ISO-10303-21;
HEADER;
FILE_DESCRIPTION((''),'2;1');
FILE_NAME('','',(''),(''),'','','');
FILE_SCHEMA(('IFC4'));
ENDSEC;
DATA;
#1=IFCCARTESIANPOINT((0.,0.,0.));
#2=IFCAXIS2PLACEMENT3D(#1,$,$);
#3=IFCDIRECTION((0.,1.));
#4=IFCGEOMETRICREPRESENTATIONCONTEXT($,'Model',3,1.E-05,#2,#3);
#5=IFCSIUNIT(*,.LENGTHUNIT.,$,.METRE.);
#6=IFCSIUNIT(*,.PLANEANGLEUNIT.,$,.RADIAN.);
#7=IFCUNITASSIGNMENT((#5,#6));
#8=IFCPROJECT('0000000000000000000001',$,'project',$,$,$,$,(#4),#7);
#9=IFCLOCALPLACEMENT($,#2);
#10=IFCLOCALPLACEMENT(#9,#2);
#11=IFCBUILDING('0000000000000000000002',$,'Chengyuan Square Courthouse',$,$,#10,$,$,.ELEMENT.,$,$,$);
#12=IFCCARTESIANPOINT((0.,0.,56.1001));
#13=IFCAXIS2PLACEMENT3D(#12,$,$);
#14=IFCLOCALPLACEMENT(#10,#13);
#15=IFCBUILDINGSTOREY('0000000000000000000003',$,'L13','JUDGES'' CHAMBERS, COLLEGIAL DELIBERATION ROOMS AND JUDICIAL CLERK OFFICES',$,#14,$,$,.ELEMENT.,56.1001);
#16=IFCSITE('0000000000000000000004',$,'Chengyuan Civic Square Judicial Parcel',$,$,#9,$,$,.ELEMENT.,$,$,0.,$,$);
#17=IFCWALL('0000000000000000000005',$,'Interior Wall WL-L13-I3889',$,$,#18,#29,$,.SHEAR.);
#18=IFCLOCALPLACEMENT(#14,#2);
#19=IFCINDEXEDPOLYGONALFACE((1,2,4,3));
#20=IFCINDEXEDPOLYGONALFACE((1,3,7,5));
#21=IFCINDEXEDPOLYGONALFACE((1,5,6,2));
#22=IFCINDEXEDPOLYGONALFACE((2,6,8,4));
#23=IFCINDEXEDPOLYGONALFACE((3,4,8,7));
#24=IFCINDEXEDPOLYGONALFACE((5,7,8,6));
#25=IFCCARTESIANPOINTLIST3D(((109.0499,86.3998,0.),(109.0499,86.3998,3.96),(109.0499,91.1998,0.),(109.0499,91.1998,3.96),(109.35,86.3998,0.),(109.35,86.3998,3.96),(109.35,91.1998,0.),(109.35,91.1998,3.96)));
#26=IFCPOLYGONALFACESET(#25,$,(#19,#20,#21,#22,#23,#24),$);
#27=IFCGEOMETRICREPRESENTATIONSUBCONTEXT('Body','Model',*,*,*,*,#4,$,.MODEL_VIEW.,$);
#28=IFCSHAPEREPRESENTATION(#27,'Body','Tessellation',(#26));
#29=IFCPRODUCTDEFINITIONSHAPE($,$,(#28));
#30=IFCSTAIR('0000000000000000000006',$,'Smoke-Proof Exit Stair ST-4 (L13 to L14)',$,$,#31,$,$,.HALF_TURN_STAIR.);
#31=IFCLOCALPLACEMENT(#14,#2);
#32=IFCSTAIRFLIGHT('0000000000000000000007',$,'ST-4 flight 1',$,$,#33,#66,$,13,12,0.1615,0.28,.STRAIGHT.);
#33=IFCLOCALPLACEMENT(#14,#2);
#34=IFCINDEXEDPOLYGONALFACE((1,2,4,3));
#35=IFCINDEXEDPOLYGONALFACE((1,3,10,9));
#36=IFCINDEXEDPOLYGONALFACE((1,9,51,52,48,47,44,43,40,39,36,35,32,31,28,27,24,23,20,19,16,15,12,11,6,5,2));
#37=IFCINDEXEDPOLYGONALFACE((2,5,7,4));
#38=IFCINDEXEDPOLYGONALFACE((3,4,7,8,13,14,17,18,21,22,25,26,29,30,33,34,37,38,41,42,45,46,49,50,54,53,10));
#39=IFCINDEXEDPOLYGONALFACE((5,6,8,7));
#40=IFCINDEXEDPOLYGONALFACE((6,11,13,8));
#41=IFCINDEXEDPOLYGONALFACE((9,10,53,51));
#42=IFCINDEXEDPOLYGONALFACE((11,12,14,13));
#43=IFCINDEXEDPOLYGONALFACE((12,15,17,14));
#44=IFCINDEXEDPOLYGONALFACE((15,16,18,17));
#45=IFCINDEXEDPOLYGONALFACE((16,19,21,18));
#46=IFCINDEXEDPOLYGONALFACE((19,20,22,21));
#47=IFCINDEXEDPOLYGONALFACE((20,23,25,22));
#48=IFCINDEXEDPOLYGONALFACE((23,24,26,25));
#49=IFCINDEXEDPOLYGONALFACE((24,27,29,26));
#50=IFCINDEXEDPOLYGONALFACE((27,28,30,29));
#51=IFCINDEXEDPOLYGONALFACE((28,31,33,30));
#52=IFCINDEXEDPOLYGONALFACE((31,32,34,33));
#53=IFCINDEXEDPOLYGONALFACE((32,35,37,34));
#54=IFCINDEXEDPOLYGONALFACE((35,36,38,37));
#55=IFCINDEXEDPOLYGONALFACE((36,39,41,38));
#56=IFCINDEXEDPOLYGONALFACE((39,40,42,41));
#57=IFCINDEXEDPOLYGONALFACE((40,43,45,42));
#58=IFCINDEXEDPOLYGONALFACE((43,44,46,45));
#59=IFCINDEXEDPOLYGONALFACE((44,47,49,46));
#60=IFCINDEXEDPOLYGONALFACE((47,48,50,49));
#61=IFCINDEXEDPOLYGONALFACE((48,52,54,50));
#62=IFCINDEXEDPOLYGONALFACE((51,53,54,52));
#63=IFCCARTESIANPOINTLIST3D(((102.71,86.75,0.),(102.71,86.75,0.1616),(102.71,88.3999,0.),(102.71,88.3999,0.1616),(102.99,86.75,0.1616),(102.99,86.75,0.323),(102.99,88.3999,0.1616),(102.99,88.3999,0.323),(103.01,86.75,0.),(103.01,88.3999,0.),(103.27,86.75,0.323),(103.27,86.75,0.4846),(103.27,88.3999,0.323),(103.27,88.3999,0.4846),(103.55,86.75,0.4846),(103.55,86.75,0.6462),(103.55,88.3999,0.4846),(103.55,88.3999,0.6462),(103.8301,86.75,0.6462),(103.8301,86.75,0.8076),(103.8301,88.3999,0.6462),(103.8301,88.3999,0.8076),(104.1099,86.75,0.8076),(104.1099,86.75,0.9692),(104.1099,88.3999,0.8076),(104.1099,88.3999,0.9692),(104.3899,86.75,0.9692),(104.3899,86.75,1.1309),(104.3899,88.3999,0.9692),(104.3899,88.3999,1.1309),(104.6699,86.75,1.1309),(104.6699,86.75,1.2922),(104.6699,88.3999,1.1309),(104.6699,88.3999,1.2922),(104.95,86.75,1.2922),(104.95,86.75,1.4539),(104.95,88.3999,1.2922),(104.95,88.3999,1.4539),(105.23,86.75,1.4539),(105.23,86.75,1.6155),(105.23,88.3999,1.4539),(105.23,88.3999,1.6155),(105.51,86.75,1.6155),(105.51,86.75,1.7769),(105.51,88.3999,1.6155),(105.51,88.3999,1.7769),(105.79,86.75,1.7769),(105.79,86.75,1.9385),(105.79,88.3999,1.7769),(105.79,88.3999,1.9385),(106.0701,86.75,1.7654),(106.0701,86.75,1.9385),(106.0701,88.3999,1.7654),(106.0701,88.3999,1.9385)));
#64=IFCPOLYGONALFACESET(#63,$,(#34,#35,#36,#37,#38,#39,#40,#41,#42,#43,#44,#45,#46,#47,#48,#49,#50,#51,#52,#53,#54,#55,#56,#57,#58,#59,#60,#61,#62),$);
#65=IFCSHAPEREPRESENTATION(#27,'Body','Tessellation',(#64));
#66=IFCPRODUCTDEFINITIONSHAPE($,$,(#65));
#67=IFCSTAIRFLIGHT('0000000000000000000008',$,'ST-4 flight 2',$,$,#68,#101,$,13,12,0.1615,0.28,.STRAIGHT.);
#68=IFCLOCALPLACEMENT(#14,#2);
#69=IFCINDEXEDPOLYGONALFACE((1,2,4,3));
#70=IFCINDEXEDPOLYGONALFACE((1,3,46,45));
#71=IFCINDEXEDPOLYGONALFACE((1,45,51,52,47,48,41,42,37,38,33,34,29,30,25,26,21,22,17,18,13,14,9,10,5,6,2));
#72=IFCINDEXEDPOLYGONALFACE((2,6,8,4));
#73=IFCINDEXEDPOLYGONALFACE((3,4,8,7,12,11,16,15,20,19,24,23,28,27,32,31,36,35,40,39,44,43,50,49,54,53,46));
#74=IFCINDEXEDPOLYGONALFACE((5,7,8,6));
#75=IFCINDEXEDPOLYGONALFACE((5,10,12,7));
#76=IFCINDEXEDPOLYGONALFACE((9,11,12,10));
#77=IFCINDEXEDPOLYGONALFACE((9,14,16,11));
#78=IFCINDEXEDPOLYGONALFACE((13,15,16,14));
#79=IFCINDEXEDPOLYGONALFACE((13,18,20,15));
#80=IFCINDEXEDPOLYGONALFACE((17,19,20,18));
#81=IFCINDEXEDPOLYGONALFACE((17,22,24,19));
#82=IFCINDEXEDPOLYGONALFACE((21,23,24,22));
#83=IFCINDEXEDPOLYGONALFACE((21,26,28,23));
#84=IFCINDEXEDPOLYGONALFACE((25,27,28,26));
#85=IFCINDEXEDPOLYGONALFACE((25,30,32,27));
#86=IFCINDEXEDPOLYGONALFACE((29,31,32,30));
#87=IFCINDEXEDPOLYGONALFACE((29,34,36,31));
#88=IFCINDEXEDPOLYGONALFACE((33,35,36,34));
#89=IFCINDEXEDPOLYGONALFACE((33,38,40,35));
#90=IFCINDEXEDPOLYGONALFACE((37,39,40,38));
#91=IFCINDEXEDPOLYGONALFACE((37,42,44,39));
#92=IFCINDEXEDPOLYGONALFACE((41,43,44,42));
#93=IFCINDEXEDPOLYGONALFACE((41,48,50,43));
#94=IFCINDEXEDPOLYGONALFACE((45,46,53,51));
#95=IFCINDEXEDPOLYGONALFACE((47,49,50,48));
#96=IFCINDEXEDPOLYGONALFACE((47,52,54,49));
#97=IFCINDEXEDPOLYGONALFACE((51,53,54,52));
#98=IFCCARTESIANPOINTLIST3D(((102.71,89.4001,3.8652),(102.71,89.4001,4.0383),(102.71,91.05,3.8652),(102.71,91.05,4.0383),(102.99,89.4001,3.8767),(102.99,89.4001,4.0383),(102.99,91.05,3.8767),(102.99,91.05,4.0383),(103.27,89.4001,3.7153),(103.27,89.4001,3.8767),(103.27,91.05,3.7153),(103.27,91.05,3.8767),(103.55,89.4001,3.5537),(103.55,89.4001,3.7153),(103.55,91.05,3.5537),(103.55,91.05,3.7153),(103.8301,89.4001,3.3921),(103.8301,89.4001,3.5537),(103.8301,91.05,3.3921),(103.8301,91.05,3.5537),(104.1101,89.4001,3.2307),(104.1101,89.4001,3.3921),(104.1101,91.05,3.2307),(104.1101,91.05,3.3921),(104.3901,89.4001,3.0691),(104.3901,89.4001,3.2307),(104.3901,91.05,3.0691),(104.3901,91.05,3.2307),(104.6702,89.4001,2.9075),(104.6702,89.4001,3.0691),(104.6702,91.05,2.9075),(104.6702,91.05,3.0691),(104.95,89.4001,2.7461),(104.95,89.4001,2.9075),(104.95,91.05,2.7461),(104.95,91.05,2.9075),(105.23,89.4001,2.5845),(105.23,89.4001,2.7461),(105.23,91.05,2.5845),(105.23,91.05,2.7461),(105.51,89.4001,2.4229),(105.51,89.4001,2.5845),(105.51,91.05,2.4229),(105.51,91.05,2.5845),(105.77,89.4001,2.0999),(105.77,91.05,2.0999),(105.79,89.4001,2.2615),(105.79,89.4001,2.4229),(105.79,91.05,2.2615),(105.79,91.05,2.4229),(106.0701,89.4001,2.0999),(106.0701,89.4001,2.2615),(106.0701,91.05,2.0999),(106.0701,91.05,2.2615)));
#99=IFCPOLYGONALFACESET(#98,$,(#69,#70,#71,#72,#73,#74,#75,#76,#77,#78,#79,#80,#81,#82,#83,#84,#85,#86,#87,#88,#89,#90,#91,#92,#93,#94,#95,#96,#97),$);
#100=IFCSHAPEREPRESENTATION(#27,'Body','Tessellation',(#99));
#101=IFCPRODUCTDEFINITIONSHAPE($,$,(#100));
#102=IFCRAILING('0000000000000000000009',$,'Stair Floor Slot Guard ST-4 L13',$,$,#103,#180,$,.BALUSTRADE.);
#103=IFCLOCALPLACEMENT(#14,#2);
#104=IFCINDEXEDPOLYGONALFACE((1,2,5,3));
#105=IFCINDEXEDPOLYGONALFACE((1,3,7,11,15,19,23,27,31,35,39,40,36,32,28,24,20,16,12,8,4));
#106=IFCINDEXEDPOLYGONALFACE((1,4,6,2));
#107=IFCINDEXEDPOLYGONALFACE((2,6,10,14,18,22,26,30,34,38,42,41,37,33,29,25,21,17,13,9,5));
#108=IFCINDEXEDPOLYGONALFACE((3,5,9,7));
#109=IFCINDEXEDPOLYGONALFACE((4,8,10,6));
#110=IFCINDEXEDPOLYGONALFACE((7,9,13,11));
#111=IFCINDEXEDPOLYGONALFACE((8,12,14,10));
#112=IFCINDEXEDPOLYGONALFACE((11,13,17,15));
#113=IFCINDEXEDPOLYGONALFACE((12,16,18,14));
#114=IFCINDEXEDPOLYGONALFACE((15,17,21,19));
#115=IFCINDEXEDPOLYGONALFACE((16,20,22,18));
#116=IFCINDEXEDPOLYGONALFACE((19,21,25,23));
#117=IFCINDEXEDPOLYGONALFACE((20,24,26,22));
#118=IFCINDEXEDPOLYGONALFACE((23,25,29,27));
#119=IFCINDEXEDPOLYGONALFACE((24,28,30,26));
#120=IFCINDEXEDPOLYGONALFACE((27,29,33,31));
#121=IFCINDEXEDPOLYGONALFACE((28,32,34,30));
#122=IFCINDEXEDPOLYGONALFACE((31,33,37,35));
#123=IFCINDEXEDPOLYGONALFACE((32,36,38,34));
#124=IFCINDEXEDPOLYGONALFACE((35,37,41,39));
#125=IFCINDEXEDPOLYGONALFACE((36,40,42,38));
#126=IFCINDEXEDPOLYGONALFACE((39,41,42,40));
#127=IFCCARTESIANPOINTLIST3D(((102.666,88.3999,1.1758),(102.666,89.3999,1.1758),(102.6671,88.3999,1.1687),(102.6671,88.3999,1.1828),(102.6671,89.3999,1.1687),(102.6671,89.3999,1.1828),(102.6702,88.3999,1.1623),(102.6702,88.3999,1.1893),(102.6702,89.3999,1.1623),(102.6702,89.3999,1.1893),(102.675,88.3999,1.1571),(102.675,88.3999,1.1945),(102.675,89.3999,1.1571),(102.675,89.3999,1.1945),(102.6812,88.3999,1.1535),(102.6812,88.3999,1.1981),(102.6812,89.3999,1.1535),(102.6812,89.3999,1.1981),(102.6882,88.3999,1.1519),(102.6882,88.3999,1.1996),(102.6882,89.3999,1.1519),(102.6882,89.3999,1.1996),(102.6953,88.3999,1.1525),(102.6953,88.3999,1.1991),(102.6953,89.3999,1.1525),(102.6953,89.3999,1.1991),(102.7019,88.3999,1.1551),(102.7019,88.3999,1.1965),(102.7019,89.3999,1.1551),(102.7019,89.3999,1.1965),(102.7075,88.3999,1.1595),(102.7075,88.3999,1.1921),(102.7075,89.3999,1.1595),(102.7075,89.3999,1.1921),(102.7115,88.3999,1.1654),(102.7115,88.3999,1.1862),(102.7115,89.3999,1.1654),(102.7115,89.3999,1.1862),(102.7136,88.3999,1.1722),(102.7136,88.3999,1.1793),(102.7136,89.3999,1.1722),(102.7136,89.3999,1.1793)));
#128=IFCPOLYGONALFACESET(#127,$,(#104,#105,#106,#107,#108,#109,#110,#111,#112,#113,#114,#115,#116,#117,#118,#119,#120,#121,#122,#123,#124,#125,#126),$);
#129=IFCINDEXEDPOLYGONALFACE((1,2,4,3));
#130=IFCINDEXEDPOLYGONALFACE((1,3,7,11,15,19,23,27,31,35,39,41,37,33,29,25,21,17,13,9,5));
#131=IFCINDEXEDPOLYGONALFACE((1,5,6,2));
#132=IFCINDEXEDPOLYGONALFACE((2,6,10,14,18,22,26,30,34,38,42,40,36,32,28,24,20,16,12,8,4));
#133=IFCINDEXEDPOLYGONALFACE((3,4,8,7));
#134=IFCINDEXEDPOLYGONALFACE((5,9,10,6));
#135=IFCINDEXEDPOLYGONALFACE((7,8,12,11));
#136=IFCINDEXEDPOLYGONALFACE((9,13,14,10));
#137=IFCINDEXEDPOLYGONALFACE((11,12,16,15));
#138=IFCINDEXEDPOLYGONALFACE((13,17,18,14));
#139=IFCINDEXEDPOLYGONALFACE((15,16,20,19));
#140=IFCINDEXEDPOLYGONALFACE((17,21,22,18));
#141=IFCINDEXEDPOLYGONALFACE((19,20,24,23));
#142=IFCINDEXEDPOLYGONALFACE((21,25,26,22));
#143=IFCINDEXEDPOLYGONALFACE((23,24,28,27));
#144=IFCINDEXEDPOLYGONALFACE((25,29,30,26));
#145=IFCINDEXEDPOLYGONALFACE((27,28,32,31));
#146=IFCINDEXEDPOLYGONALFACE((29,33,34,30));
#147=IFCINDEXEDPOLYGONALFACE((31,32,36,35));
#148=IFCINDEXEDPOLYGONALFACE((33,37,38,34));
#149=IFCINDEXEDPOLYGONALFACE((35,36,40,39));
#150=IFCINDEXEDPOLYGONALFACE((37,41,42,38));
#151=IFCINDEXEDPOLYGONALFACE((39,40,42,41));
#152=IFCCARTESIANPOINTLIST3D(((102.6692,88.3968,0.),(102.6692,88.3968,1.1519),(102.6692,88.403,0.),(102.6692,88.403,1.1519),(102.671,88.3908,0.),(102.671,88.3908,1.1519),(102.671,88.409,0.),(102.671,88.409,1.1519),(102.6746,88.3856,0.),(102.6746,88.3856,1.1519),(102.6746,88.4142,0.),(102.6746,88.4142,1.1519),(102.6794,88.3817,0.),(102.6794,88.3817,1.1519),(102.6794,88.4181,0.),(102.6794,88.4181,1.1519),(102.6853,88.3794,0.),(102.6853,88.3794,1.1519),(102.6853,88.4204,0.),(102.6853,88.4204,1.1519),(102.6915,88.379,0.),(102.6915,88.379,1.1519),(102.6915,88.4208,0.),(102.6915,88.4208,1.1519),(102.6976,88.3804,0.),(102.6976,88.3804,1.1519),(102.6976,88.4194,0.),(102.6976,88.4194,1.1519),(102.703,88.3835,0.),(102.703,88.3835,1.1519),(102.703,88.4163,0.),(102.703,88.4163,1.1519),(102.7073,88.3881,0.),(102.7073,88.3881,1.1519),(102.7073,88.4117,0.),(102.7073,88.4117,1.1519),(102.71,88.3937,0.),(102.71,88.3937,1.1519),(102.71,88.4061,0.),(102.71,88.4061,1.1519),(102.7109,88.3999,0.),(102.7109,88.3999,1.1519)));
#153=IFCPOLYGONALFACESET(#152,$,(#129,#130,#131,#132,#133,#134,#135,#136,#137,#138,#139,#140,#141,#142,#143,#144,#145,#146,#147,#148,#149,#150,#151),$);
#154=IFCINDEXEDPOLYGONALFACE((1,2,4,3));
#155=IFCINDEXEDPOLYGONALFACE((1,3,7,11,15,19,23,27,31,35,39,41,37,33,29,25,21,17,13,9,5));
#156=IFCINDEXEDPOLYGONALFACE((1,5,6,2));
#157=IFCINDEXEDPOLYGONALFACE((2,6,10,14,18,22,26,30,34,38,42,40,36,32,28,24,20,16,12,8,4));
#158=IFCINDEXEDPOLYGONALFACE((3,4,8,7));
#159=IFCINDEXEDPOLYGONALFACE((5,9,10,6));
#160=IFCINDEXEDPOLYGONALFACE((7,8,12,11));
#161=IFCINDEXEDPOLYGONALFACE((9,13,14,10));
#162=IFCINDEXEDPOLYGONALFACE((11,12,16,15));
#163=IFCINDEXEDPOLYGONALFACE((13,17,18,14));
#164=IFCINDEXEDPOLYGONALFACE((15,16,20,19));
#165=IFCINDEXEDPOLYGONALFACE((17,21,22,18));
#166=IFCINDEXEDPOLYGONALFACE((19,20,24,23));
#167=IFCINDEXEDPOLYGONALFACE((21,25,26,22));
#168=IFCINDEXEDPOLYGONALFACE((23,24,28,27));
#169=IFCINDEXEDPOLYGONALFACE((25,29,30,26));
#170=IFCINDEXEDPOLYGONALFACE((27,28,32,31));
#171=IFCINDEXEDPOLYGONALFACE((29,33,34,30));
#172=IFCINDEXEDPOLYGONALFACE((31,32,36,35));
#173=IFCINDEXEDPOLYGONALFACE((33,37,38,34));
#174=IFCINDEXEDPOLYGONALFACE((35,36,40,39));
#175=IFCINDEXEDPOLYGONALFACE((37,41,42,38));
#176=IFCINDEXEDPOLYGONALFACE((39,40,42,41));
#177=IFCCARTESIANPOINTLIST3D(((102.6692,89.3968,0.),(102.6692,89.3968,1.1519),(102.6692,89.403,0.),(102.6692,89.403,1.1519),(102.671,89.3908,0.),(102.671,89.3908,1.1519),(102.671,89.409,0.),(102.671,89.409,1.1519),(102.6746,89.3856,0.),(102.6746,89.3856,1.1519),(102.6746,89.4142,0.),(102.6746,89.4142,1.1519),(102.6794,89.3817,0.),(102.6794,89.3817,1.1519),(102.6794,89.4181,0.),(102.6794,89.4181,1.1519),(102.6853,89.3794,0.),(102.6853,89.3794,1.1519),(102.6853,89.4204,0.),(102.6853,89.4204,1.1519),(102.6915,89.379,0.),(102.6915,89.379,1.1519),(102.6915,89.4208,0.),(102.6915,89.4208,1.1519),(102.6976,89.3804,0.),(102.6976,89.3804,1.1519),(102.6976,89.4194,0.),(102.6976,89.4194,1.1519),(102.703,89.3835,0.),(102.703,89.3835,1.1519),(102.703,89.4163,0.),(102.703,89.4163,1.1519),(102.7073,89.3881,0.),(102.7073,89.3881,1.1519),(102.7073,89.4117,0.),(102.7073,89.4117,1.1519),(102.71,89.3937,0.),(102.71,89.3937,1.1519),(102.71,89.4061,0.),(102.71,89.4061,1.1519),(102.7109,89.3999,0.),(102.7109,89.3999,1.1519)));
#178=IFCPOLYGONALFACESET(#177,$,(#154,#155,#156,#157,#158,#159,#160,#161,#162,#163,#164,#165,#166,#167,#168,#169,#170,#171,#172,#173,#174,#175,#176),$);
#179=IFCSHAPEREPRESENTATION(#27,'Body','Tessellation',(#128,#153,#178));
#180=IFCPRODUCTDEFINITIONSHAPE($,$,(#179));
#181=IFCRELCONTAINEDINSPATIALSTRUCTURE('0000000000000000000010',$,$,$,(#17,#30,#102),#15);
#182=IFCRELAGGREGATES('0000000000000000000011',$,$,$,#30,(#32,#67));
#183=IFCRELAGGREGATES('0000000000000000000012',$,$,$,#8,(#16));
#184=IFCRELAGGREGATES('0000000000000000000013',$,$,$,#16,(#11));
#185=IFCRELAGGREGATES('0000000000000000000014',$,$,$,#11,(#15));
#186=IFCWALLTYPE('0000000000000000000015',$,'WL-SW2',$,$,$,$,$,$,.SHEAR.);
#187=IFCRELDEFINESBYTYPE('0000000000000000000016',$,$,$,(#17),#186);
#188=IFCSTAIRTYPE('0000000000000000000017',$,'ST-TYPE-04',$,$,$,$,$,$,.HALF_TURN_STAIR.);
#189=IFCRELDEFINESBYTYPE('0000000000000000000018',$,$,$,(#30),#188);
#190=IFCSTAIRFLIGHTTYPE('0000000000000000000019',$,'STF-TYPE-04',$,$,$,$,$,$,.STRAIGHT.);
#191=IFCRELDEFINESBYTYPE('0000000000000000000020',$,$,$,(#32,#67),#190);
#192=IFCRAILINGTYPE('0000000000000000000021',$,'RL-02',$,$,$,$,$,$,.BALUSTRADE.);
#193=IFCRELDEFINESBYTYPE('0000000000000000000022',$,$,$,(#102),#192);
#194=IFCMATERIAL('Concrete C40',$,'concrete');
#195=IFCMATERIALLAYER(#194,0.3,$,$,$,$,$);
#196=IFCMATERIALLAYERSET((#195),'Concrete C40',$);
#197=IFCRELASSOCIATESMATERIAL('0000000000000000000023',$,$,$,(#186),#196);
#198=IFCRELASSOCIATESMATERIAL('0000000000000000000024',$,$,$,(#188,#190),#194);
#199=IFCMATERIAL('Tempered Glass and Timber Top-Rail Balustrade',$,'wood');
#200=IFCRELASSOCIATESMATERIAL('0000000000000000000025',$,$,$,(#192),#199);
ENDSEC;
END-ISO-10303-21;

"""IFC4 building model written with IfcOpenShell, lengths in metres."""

from ifc_helpers import new_model, si_unit, direction, frame, frame_2d, origin, origin_2d, place, context, subcontext, project, spatial, polyline, rectangle, circle, outline, extrude, material, layer, layer_set, type_object, element, aggregate, save


model = new_model("IFC4")

# Units and contexts
model_context = context("Model", 3, precision=1e-05, world=origin(), true_north=direction((0.0, 1.0)))
body_context = subcontext(model_context, "Body", "Model", "MODEL_VIEW")
ifc_project = project(units=[si_unit("LENGTHUNIT", "METRE"), si_unit("PLANEANGLEUNIT", "RADIAN")], contexts=[model_context])

# Site, building, storey
site_placement = place(None, origin())
site = spatial("IfcSite", under=ifc_project, at=site_placement, Name="Chengyuan Civic Square Judicial Parcel", CompositionType="ELEMENT", RefElevation=0.0)
building_placement = place(site_placement, origin())
building = spatial("IfcBuilding", under=site, at=building_placement, Name="Chengyuan Square Courthouse", CompositionType="ELEMENT")
storey_placement = place(building_placement, frame((0.0, 0.0, 56.1001)))
storey = spatial("IfcBuildingStorey", under=building, at=storey_placement, Name="L13", Description="JUDGES' CHAMBERS, COLLEGIAL DELIBERATION ROOMS AND JUDICIAL CLERK OFFICES", CompositionType="ELEMENT", Elevation=56.1001)

# Shared definitions
ifc_material_1 = material(Name="Concrete C40", Category="concrete")

# Wall
ifc_layer_1 = layer(ifc_material_1, 0.3)
ifc_layer_set_1 = layer_set([ifc_layer_1], Name="Concrete C40")
wall_type_1 = type_object("IfcWallType", Name="WL-SW2", PredefinedType="SHEAR", material=ifc_layer_set_1)
for number, where, z_axis, x_axis, name in (
    (1, (109.2, 86.3999, 0.0), (0.0, 0.0, 1.0), (0.0, 1.0, 0.0), "Interior Wall WL-L13-I3889"),
):
    element("IfcWall", number, at=place(storey_placement, frame(where, z_axis=z_axis, x_axis=x_axis)), inside=storey, type_object=wall_type_1, Name=name, PredefinedType="SHEAR", context=body_context, shape_type="SweptSolid", body=[
        extrude(rectangle(XDim=4.8, YDim=0.3, at=frame_2d((2.3999, 0.0))), origin(), (0.0, 0.0, 1.0), 3.96),
    ])

# Stair, stair flights
stair_type = type_object("IfcStairType", Name="ST-TYPE-04", PredefinedType="HALF_TURN_STAIR", material=ifc_material_1)
stair_placement = place(storey_placement, origin())
stair = element("IfcStair", 2, at=stair_placement, inside=storey, type_object=stair_type, Name="Smoke-Proof Exit Stair ST-4 (L13 to L14)", PredefinedType="HALF_TURN_STAIR")
stair_flight_type = type_object("IfcStairFlightType", Name="STF-TYPE-04", PredefinedType="STRAIGHT", material=ifc_material_1)
stair_flight_1_placement = place(storey_placement, frame((102.71, 87.575, 0.0), z_axis=(0.0, 0.0, 1.0), x_axis=(1.0, 0.0, 0.0)))
stair_flight_1 = element("IfcStairFlight", 3, at=stair_flight_1_placement, type_object=stair_flight_type, Name="ST-4 flight 1", NumberOfRisers=13, NumberOfTreads=12, PredefinedType="STRAIGHT", RiserHeight=0.1615, TreadLength=0.28, context=body_context, shape_type="SweptSolid", body=[
    extrude(outline(polyline([(0.0, 0.0), (0.0, 0.1616), (0.28, 0.1616), (0.28, 0.323), (0.5601, 0.323), (0.5601, 0.4846), (0.8401, 0.4846), (0.8401, 0.6462), (1.1201, 0.6462), (1.1201, 0.8076), (1.3999, 0.8076), (1.3999, 0.9692), (1.6799, 0.9692), (1.6799, 1.1309), (1.96, 1.1309), (1.96, 1.2922), (2.24, 1.2922), (2.24, 1.4539), (2.52, 1.4539), (2.52, 1.6155), (2.8, 1.6155), (2.8, 1.7769), (3.0801, 1.7769), (3.0801, 1.9385), (3.3601, 1.9385), (3.3601, 2.1001), (3.3601, 1.7654), (0.3, 0.0), (0.0, 0.0)])), frame((0.0, 0.825, 0.0), z_axis=(0.0, -1.0, 0.0), x_axis=(1.0, 0.0, 0.0)), (0.0, 0.0, 1.0), 1.6499),
])
stair_flight_2_placement = place(storey_placement, frame((106.0701, 90.2251, 2.0999), z_axis=(0.0, 0.0, 1.0), x_axis=(-1.0, 0.0, 0.0)))
stair_flight_2 = element("IfcStairFlight", 4, at=stair_flight_2_placement, type_object=stair_flight_type, Name="ST-4 flight 2", NumberOfRisers=13, NumberOfTreads=12, PredefinedType="STRAIGHT", RiserHeight=0.1615, TreadLength=0.28, context=body_context, shape_type="SweptSolid", body=[
    extrude(outline(polyline([(0.0, 0.0), (0.0, 0.1616), (0.28, 0.1616), (0.28, 0.323), (0.5601, 0.323), (0.5601, 0.4846), (0.8401, 0.4846), (0.8401, 0.6462), (1.1201, 0.6462), (1.1201, 0.8076), (1.3999, 0.8076), (1.3999, 0.9692), (1.6799, 0.9692), (1.6799, 1.1309), (1.96, 1.1309), (1.96, 1.2922), (2.24, 1.2922), (2.24, 1.4539), (2.52, 1.4539), (2.52, 1.6155), (2.8, 1.6155), (2.8, 1.7769), (3.0801, 1.7769), (3.0801, 1.9385), (3.3601, 1.9385), (3.3601, 2.1001), (3.3601, 1.7654), (0.3, 0.0), (0.0, 0.0)])), frame((0.0, 0.825, 0.0), z_axis=(0.0, -1.0, 0.0), x_axis=(1.0, 0.0, 0.0)), (0.0, 0.0, 1.0), 1.6499),
])
aggregate(stair, [stair_flight_1, stair_flight_2])

# Railing
ifc_material_2 = material(Name="Tempered Glass and Timber Top-Rail Balustrade", Category="wood")
railing_type_1 = type_object("IfcRailingType", Name="RL-02", PredefinedType="BALUSTRADE", material=ifc_material_2)
for number, where, name in (
    (5, (102.6899, 88.3999, 0.0), "Stair Floor Slot Guard ST-4 L13"),
):
    element("IfcRailing", number, at=place(storey_placement, frame(where)), inside=storey, type_object=railing_type_1, Name=name, PredefinedType="BALUSTRADE", context=body_context, shape_type="SweptSolid", body=[
        extrude(circle(Radius=0.0239, at=origin_2d()), frame((0.0, 0.0, 1.1758), z_axis=(0.0, 1.0, 0.0), x_axis=(-1.0, 0.0, 0.0)), (0.0, 0.0, 1.0), 1.0),
        extrude(circle(Radius=0.021, at=origin_2d()), origin(), (0.0, 0.0, 1.0), 1.1519),
        extrude(circle(Radius=0.021, at=origin_2d()), frame((0.0, 1.0, 0.0)), (0.0, 0.0, 1.0), 1.1519),
    ])

save(model, "model.ifc")
